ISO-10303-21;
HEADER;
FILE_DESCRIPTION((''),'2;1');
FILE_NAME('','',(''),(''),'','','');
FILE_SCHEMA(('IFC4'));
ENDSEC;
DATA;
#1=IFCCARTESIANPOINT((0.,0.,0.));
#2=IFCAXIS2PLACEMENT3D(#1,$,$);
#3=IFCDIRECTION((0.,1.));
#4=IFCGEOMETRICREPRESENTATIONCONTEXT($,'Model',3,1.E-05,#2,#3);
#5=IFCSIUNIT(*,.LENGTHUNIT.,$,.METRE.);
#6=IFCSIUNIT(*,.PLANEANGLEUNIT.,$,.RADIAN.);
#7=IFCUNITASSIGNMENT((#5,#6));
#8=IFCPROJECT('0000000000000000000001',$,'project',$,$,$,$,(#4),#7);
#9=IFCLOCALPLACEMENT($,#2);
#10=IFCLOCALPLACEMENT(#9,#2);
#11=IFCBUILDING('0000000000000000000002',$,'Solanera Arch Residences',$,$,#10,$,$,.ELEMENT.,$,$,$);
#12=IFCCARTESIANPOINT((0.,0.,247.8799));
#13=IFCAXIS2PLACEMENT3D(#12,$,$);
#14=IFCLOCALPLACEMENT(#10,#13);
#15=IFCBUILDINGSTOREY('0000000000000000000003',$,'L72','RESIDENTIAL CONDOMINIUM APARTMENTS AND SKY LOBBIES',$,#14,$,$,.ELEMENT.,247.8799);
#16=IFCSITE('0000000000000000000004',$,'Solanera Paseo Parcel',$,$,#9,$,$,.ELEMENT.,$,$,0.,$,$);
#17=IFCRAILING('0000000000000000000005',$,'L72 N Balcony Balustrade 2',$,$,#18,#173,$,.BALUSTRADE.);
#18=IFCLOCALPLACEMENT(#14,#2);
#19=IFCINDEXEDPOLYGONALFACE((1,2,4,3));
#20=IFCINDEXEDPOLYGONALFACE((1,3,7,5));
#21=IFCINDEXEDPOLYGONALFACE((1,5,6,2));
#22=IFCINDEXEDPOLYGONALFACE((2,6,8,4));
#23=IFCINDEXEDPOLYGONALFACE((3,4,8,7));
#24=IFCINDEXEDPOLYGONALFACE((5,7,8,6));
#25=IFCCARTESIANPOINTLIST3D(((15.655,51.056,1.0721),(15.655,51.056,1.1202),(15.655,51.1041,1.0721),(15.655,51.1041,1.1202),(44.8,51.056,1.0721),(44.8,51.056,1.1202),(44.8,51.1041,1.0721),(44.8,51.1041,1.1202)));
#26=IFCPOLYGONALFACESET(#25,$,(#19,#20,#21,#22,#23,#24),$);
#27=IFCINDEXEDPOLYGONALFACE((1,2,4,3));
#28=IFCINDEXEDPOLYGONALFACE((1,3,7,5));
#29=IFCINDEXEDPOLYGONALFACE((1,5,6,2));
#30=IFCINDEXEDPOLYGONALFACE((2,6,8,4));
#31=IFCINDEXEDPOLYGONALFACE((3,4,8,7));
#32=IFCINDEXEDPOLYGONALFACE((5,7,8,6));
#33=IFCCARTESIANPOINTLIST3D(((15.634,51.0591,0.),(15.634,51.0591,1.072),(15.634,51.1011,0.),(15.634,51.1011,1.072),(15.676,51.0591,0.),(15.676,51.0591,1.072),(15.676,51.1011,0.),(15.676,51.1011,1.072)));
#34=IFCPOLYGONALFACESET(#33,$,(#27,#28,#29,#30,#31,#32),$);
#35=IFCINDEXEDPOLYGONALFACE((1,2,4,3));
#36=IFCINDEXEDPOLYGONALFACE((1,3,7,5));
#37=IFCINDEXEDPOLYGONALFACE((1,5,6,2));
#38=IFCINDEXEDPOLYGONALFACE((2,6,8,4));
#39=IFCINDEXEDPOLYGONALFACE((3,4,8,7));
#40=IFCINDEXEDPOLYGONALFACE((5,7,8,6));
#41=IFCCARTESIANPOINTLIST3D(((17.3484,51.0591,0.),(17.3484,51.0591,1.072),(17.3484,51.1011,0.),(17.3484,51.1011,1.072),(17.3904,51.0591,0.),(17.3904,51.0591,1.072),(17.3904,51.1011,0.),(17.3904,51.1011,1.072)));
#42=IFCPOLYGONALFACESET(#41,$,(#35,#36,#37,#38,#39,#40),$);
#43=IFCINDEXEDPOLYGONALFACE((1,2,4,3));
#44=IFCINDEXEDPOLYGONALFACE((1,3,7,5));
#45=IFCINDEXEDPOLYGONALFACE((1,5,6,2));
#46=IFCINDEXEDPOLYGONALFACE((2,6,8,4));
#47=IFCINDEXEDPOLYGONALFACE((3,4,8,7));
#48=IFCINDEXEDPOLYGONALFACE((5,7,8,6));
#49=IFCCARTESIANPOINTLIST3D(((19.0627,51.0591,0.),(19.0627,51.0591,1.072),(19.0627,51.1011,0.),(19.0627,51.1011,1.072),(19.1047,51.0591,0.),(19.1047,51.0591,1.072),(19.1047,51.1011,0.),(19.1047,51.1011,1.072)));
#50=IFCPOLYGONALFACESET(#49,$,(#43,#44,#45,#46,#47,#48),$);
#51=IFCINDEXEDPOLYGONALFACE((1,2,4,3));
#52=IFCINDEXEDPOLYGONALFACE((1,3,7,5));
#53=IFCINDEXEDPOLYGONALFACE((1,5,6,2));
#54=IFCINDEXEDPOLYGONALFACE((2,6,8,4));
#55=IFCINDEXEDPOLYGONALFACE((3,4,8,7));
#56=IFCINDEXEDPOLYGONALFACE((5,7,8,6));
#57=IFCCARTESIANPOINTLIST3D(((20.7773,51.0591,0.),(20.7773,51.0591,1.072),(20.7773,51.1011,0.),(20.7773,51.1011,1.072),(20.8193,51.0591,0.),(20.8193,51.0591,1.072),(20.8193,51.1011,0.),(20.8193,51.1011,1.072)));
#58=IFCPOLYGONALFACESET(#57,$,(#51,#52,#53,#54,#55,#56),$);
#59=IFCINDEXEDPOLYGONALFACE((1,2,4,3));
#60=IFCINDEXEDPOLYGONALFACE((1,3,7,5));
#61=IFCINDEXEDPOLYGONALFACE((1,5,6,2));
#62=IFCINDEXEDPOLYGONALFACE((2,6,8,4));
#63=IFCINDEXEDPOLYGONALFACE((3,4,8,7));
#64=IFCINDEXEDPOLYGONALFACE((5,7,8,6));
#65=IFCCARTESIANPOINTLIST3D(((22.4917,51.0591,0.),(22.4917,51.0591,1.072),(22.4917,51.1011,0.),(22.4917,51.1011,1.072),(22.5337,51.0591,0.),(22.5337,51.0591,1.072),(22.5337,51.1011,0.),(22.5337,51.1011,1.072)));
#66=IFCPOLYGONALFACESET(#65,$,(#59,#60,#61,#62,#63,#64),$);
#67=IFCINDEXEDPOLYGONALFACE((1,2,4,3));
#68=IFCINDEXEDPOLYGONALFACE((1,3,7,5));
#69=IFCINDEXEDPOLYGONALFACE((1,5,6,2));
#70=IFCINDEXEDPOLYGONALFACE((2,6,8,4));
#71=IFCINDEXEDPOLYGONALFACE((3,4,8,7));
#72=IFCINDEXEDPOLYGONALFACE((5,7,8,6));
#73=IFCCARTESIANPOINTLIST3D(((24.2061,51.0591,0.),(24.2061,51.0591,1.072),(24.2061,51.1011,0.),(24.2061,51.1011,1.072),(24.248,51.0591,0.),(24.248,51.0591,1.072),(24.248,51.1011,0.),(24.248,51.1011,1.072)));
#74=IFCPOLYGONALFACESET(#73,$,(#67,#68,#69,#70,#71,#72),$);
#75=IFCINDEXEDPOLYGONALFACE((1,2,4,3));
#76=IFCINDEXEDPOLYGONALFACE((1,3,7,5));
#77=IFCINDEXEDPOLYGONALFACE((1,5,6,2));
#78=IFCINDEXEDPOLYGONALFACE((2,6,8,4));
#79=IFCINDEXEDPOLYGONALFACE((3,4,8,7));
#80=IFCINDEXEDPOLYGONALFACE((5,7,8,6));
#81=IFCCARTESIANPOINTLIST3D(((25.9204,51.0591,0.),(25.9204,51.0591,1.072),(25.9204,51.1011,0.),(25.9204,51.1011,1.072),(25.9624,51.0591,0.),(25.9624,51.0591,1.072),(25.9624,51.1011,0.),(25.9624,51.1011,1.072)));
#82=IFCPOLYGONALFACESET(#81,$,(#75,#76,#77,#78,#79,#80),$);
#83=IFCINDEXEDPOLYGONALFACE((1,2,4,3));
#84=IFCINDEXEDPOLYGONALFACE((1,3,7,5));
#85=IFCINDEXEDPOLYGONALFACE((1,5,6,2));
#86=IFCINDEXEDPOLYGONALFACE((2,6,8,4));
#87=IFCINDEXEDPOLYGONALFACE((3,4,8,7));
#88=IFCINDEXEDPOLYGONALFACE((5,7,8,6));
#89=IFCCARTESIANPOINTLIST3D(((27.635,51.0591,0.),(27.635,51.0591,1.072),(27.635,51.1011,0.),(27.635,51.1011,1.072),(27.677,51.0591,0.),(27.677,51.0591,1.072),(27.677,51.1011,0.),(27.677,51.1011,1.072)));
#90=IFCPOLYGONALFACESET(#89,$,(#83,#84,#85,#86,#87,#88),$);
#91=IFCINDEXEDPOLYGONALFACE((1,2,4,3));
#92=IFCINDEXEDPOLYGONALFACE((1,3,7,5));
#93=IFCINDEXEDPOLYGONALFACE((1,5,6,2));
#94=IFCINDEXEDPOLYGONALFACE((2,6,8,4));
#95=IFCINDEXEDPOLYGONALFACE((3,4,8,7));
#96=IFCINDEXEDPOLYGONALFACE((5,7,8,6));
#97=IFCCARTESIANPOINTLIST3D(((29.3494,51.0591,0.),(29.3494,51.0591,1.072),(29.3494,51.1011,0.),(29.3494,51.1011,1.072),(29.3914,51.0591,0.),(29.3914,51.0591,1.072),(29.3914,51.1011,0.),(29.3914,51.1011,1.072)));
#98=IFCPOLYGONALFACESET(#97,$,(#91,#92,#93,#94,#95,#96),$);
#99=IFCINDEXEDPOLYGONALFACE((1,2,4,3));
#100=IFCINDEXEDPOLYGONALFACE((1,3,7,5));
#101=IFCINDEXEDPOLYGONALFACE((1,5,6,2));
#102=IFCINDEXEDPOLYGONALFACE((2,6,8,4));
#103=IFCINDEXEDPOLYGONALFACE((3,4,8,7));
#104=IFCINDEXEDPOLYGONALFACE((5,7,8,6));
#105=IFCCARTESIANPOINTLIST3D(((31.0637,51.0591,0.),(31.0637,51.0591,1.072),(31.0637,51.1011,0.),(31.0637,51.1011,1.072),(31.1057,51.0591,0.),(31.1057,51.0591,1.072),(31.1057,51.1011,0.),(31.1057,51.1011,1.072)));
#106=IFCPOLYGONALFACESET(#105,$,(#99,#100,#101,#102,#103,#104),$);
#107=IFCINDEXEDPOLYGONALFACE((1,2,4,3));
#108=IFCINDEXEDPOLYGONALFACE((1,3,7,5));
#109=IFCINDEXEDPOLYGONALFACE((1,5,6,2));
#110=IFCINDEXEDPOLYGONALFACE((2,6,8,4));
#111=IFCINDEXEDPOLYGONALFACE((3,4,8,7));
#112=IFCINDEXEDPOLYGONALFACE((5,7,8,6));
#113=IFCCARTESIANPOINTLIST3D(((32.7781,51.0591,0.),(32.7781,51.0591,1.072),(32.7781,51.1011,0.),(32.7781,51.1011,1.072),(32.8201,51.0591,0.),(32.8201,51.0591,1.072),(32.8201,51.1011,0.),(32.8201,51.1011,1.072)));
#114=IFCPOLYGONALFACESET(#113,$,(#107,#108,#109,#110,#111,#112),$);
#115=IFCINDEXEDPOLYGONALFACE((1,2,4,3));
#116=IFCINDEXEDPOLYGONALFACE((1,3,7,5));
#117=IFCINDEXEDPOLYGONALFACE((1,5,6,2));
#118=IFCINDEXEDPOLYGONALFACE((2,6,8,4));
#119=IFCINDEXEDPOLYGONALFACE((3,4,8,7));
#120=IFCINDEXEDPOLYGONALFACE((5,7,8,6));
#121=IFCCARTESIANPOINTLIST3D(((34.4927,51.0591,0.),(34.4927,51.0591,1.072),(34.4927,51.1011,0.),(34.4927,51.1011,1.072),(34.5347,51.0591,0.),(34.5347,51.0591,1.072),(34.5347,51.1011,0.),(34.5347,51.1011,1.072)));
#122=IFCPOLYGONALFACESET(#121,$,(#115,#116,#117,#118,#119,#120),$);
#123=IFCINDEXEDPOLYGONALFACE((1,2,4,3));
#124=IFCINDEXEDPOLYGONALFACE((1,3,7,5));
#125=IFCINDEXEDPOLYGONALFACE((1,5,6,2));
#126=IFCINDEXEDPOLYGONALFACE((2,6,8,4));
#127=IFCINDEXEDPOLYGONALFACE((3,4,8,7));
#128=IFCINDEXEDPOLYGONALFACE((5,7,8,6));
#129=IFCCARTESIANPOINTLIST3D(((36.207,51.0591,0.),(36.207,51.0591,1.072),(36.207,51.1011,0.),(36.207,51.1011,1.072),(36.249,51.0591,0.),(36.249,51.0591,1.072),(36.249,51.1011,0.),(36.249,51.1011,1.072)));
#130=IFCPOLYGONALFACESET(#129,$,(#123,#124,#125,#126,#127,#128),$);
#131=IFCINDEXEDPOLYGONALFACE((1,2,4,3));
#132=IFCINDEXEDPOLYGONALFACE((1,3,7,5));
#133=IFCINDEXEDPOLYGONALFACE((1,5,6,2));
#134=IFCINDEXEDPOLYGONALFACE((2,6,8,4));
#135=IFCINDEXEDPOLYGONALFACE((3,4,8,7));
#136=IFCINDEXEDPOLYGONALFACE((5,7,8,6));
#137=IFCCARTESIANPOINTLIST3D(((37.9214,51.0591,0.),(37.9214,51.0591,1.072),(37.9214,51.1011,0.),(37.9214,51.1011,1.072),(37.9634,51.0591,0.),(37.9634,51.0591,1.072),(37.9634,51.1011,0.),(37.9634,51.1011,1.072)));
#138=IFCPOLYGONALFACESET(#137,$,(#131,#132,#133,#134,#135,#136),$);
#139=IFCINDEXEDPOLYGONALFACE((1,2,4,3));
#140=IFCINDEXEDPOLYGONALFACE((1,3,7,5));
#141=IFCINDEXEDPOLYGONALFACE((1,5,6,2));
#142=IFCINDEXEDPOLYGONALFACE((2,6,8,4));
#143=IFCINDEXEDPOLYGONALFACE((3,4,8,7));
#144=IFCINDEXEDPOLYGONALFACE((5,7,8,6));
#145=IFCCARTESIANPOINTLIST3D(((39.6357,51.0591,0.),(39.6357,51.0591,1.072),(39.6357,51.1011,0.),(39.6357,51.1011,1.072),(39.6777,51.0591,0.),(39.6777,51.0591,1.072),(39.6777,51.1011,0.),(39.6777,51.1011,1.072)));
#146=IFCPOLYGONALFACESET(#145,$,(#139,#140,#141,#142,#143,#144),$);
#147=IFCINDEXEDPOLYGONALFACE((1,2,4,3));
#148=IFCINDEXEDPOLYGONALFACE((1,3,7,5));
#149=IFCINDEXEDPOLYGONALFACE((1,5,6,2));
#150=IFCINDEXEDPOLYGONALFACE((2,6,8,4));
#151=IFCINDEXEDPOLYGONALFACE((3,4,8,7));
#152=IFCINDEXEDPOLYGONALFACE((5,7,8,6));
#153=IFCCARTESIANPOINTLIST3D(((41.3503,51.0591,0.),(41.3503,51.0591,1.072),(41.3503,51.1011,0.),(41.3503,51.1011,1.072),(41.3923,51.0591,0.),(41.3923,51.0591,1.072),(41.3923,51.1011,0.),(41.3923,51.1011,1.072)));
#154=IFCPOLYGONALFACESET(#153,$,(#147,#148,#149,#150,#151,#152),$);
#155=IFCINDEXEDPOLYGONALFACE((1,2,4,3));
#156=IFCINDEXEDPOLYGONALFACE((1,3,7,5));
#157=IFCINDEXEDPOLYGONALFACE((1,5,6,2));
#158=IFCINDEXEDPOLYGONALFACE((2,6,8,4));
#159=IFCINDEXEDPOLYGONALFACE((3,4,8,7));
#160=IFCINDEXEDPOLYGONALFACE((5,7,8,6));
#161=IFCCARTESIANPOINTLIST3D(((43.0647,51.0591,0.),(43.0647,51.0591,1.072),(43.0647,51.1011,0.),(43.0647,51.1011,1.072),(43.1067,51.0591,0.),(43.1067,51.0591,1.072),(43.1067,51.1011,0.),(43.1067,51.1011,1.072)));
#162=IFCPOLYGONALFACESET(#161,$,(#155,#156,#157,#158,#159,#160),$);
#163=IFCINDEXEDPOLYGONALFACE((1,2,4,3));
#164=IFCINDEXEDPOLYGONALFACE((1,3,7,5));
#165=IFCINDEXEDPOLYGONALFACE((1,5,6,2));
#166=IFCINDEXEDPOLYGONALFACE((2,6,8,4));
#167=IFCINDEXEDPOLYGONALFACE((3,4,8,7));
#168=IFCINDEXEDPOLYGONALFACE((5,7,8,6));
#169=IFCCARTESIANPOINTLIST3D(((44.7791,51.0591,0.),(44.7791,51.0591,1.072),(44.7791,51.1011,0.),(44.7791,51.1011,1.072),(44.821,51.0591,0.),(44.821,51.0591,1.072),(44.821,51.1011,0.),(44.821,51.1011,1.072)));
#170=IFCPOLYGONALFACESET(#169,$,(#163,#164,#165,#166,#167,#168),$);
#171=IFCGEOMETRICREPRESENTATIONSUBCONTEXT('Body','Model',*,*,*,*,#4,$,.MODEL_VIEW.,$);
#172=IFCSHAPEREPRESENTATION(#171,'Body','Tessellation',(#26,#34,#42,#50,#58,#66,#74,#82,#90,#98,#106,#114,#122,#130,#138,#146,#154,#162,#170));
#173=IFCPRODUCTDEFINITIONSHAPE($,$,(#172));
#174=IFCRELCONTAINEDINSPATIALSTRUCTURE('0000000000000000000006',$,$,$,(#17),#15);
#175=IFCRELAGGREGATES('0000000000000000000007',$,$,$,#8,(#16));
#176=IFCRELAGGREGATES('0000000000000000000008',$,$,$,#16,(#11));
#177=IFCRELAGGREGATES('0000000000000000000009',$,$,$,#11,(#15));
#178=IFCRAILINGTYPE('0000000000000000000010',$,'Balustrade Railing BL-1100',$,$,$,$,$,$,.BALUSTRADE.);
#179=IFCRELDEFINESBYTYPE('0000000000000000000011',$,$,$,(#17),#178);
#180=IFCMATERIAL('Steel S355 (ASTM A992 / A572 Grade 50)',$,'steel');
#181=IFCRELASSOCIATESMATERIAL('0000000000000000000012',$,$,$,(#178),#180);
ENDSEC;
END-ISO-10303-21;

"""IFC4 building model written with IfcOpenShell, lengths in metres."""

from ifc_helpers import new_model, si_unit, direction, frame, origin, origin_2d, place, context, subcontext, project, spatial, rectangle, extrude, material, type_object, element, save


model = new_model("IFC4")

# Units and contexts
model_context = context("Model", 3, precision=1e-05, world=origin(), true_north=direction((0.0, 1.0)))
body_context = subcontext(model_context, "Body", "Model", "MODEL_VIEW")
ifc_project = project(units=[si_unit("LENGTHUNIT", "METRE"), si_unit("PLANEANGLEUNIT", "RADIAN")], contexts=[model_context])

# Site, building, storey
site_placement = place(None, origin())
site = spatial("IfcSite", under=ifc_project, at=site_placement, Name="Solanera Paseo Parcel", CompositionType="ELEMENT", RefElevation=0.0)
building_placement = place(site_placement, origin())
building = spatial("IfcBuilding", under=site, at=building_placement, Name="Solanera Arch Residences", CompositionType="ELEMENT")
storey_placement = place(building_placement, frame((0.0, 0.0, 247.8799)))
storey = spatial("IfcBuildingStorey", under=building, at=storey_placement, Name="L72", Description="RESIDENTIAL CONDOMINIUM APARTMENTS AND SKY LOBBIES", CompositionType="ELEMENT", Elevation=247.8799)

# Railing
ifc_material_1 = material(Name="Steel S355 (ASTM A992 / A572 Grade 50)", Category="steel")
railing_type = type_object("IfcRailingType", Name="Balustrade Railing BL-1100", PredefinedType="BALUSTRADE", material=ifc_material_1)
railing_placement = place(storey_placement, frame((15.655, 51.0801, 0.0)))
element("IfcRailing", 1, at=railing_placement, inside=storey, type_object=railing_type, Name="L72 N Balcony Balustrade 2", PredefinedType="BALUSTRADE", context=body_context, shape_type="SweptSolid", body=[
    extrude(rectangle(XDim=0.0481, YDim=0.0481, at=origin_2d()), frame((0.0, 0.0, 1.0962), z_axis=(1.0, 0.0, 0.0), x_axis=(0.0, 1.0, 0.0)), (0.0, 0.0, 1.0), 29.145),
    extrude(rectangle(XDim=0.042, YDim=0.042, at=origin_2d()), origin(), (0.0, 0.0, 1.0), 1.072),
    extrude(rectangle(XDim=0.042, YDim=0.042, at=origin_2d()), frame((1.7144, 0.0, 0.0)), (0.0, 0.0, 1.0), 1.072),
    extrude(rectangle(XDim=0.042, YDim=0.042, at=origin_2d()), frame((3.4287, 0.0, 0.0)), (0.0, 0.0, 1.0), 1.072),
    extrude(rectangle(XDim=0.042, YDim=0.042, at=origin_2d()), frame((5.1433, 0.0, 0.0)), (0.0, 0.0, 1.0), 1.072),
    extrude(rectangle(XDim=0.042, YDim=0.042, at=origin_2d()), frame((6.8577, 0.0, 0.0)), (0.0, 0.0, 1.0), 1.072),
    extrude(rectangle(XDim=0.042, YDim=0.042, at=origin_2d()), frame((8.572, 0.0, 0.0)), (0.0, 0.0, 1.0), 1.072),
    extrude(rectangle(XDim=0.042, YDim=0.042, at=origin_2d()), frame((10.2864, 0.0, 0.0)), (0.0, 0.0, 1.0), 1.072),
    extrude(rectangle(XDim=0.042, YDim=0.042, at=origin_2d()), frame((12.001, 0.0, 0.0)), (0.0, 0.0, 1.0), 1.072),
    extrude(rectangle(XDim=0.042, YDim=0.042, at=origin_2d()), frame((13.7153, 0.0, 0.0)), (0.0, 0.0, 1.0), 1.072),
    extrude(rectangle(XDim=0.042, YDim=0.042, at=origin_2d()), frame((15.4297, 0.0, 0.0)), (0.0, 0.0, 1.0), 1.072),
    extrude(rectangle(XDim=0.042, YDim=0.042, at=origin_2d()), frame((17.144, 0.0, 0.0)), (0.0, 0.0, 1.0), 1.072),
    extrude(rectangle(XDim=0.042, YDim=0.042, at=origin_2d()), frame((18.8586, 0.0, 0.0)), (0.0, 0.0, 1.0), 1.072),
    extrude(rectangle(XDim=0.042, YDim=0.042, at=origin_2d()), frame((20.573, 0.0, 0.0)), (0.0, 0.0, 1.0), 1.072),
    extrude(rectangle(XDim=0.042, YDim=0.042, at=origin_2d()), frame((22.2874, 0.0, 0.0)), (0.0, 0.0, 1.0), 1.072),
    extrude(rectangle(XDim=0.042, YDim=0.042, at=origin_2d()), frame((24.0017, 0.0, 0.0)), (0.0, 0.0, 1.0), 1.072),
    extrude(rectangle(XDim=0.042, YDim=0.042, at=origin_2d()), frame((25.7163, 0.0, 0.0)), (0.0, 0.0, 1.0), 1.072),
    extrude(rectangle(XDim=0.042, YDim=0.042, at=origin_2d()), frame((27.4307, 0.0, 0.0)), (0.0, 0.0, 1.0), 1.072),
    extrude(rectangle(XDim=0.042, YDim=0.042, at=origin_2d()), frame((29.145, 0.0, 0.0)), (0.0, 0.0, 1.0), 1.072),
])

save(model, "model.ifc")
